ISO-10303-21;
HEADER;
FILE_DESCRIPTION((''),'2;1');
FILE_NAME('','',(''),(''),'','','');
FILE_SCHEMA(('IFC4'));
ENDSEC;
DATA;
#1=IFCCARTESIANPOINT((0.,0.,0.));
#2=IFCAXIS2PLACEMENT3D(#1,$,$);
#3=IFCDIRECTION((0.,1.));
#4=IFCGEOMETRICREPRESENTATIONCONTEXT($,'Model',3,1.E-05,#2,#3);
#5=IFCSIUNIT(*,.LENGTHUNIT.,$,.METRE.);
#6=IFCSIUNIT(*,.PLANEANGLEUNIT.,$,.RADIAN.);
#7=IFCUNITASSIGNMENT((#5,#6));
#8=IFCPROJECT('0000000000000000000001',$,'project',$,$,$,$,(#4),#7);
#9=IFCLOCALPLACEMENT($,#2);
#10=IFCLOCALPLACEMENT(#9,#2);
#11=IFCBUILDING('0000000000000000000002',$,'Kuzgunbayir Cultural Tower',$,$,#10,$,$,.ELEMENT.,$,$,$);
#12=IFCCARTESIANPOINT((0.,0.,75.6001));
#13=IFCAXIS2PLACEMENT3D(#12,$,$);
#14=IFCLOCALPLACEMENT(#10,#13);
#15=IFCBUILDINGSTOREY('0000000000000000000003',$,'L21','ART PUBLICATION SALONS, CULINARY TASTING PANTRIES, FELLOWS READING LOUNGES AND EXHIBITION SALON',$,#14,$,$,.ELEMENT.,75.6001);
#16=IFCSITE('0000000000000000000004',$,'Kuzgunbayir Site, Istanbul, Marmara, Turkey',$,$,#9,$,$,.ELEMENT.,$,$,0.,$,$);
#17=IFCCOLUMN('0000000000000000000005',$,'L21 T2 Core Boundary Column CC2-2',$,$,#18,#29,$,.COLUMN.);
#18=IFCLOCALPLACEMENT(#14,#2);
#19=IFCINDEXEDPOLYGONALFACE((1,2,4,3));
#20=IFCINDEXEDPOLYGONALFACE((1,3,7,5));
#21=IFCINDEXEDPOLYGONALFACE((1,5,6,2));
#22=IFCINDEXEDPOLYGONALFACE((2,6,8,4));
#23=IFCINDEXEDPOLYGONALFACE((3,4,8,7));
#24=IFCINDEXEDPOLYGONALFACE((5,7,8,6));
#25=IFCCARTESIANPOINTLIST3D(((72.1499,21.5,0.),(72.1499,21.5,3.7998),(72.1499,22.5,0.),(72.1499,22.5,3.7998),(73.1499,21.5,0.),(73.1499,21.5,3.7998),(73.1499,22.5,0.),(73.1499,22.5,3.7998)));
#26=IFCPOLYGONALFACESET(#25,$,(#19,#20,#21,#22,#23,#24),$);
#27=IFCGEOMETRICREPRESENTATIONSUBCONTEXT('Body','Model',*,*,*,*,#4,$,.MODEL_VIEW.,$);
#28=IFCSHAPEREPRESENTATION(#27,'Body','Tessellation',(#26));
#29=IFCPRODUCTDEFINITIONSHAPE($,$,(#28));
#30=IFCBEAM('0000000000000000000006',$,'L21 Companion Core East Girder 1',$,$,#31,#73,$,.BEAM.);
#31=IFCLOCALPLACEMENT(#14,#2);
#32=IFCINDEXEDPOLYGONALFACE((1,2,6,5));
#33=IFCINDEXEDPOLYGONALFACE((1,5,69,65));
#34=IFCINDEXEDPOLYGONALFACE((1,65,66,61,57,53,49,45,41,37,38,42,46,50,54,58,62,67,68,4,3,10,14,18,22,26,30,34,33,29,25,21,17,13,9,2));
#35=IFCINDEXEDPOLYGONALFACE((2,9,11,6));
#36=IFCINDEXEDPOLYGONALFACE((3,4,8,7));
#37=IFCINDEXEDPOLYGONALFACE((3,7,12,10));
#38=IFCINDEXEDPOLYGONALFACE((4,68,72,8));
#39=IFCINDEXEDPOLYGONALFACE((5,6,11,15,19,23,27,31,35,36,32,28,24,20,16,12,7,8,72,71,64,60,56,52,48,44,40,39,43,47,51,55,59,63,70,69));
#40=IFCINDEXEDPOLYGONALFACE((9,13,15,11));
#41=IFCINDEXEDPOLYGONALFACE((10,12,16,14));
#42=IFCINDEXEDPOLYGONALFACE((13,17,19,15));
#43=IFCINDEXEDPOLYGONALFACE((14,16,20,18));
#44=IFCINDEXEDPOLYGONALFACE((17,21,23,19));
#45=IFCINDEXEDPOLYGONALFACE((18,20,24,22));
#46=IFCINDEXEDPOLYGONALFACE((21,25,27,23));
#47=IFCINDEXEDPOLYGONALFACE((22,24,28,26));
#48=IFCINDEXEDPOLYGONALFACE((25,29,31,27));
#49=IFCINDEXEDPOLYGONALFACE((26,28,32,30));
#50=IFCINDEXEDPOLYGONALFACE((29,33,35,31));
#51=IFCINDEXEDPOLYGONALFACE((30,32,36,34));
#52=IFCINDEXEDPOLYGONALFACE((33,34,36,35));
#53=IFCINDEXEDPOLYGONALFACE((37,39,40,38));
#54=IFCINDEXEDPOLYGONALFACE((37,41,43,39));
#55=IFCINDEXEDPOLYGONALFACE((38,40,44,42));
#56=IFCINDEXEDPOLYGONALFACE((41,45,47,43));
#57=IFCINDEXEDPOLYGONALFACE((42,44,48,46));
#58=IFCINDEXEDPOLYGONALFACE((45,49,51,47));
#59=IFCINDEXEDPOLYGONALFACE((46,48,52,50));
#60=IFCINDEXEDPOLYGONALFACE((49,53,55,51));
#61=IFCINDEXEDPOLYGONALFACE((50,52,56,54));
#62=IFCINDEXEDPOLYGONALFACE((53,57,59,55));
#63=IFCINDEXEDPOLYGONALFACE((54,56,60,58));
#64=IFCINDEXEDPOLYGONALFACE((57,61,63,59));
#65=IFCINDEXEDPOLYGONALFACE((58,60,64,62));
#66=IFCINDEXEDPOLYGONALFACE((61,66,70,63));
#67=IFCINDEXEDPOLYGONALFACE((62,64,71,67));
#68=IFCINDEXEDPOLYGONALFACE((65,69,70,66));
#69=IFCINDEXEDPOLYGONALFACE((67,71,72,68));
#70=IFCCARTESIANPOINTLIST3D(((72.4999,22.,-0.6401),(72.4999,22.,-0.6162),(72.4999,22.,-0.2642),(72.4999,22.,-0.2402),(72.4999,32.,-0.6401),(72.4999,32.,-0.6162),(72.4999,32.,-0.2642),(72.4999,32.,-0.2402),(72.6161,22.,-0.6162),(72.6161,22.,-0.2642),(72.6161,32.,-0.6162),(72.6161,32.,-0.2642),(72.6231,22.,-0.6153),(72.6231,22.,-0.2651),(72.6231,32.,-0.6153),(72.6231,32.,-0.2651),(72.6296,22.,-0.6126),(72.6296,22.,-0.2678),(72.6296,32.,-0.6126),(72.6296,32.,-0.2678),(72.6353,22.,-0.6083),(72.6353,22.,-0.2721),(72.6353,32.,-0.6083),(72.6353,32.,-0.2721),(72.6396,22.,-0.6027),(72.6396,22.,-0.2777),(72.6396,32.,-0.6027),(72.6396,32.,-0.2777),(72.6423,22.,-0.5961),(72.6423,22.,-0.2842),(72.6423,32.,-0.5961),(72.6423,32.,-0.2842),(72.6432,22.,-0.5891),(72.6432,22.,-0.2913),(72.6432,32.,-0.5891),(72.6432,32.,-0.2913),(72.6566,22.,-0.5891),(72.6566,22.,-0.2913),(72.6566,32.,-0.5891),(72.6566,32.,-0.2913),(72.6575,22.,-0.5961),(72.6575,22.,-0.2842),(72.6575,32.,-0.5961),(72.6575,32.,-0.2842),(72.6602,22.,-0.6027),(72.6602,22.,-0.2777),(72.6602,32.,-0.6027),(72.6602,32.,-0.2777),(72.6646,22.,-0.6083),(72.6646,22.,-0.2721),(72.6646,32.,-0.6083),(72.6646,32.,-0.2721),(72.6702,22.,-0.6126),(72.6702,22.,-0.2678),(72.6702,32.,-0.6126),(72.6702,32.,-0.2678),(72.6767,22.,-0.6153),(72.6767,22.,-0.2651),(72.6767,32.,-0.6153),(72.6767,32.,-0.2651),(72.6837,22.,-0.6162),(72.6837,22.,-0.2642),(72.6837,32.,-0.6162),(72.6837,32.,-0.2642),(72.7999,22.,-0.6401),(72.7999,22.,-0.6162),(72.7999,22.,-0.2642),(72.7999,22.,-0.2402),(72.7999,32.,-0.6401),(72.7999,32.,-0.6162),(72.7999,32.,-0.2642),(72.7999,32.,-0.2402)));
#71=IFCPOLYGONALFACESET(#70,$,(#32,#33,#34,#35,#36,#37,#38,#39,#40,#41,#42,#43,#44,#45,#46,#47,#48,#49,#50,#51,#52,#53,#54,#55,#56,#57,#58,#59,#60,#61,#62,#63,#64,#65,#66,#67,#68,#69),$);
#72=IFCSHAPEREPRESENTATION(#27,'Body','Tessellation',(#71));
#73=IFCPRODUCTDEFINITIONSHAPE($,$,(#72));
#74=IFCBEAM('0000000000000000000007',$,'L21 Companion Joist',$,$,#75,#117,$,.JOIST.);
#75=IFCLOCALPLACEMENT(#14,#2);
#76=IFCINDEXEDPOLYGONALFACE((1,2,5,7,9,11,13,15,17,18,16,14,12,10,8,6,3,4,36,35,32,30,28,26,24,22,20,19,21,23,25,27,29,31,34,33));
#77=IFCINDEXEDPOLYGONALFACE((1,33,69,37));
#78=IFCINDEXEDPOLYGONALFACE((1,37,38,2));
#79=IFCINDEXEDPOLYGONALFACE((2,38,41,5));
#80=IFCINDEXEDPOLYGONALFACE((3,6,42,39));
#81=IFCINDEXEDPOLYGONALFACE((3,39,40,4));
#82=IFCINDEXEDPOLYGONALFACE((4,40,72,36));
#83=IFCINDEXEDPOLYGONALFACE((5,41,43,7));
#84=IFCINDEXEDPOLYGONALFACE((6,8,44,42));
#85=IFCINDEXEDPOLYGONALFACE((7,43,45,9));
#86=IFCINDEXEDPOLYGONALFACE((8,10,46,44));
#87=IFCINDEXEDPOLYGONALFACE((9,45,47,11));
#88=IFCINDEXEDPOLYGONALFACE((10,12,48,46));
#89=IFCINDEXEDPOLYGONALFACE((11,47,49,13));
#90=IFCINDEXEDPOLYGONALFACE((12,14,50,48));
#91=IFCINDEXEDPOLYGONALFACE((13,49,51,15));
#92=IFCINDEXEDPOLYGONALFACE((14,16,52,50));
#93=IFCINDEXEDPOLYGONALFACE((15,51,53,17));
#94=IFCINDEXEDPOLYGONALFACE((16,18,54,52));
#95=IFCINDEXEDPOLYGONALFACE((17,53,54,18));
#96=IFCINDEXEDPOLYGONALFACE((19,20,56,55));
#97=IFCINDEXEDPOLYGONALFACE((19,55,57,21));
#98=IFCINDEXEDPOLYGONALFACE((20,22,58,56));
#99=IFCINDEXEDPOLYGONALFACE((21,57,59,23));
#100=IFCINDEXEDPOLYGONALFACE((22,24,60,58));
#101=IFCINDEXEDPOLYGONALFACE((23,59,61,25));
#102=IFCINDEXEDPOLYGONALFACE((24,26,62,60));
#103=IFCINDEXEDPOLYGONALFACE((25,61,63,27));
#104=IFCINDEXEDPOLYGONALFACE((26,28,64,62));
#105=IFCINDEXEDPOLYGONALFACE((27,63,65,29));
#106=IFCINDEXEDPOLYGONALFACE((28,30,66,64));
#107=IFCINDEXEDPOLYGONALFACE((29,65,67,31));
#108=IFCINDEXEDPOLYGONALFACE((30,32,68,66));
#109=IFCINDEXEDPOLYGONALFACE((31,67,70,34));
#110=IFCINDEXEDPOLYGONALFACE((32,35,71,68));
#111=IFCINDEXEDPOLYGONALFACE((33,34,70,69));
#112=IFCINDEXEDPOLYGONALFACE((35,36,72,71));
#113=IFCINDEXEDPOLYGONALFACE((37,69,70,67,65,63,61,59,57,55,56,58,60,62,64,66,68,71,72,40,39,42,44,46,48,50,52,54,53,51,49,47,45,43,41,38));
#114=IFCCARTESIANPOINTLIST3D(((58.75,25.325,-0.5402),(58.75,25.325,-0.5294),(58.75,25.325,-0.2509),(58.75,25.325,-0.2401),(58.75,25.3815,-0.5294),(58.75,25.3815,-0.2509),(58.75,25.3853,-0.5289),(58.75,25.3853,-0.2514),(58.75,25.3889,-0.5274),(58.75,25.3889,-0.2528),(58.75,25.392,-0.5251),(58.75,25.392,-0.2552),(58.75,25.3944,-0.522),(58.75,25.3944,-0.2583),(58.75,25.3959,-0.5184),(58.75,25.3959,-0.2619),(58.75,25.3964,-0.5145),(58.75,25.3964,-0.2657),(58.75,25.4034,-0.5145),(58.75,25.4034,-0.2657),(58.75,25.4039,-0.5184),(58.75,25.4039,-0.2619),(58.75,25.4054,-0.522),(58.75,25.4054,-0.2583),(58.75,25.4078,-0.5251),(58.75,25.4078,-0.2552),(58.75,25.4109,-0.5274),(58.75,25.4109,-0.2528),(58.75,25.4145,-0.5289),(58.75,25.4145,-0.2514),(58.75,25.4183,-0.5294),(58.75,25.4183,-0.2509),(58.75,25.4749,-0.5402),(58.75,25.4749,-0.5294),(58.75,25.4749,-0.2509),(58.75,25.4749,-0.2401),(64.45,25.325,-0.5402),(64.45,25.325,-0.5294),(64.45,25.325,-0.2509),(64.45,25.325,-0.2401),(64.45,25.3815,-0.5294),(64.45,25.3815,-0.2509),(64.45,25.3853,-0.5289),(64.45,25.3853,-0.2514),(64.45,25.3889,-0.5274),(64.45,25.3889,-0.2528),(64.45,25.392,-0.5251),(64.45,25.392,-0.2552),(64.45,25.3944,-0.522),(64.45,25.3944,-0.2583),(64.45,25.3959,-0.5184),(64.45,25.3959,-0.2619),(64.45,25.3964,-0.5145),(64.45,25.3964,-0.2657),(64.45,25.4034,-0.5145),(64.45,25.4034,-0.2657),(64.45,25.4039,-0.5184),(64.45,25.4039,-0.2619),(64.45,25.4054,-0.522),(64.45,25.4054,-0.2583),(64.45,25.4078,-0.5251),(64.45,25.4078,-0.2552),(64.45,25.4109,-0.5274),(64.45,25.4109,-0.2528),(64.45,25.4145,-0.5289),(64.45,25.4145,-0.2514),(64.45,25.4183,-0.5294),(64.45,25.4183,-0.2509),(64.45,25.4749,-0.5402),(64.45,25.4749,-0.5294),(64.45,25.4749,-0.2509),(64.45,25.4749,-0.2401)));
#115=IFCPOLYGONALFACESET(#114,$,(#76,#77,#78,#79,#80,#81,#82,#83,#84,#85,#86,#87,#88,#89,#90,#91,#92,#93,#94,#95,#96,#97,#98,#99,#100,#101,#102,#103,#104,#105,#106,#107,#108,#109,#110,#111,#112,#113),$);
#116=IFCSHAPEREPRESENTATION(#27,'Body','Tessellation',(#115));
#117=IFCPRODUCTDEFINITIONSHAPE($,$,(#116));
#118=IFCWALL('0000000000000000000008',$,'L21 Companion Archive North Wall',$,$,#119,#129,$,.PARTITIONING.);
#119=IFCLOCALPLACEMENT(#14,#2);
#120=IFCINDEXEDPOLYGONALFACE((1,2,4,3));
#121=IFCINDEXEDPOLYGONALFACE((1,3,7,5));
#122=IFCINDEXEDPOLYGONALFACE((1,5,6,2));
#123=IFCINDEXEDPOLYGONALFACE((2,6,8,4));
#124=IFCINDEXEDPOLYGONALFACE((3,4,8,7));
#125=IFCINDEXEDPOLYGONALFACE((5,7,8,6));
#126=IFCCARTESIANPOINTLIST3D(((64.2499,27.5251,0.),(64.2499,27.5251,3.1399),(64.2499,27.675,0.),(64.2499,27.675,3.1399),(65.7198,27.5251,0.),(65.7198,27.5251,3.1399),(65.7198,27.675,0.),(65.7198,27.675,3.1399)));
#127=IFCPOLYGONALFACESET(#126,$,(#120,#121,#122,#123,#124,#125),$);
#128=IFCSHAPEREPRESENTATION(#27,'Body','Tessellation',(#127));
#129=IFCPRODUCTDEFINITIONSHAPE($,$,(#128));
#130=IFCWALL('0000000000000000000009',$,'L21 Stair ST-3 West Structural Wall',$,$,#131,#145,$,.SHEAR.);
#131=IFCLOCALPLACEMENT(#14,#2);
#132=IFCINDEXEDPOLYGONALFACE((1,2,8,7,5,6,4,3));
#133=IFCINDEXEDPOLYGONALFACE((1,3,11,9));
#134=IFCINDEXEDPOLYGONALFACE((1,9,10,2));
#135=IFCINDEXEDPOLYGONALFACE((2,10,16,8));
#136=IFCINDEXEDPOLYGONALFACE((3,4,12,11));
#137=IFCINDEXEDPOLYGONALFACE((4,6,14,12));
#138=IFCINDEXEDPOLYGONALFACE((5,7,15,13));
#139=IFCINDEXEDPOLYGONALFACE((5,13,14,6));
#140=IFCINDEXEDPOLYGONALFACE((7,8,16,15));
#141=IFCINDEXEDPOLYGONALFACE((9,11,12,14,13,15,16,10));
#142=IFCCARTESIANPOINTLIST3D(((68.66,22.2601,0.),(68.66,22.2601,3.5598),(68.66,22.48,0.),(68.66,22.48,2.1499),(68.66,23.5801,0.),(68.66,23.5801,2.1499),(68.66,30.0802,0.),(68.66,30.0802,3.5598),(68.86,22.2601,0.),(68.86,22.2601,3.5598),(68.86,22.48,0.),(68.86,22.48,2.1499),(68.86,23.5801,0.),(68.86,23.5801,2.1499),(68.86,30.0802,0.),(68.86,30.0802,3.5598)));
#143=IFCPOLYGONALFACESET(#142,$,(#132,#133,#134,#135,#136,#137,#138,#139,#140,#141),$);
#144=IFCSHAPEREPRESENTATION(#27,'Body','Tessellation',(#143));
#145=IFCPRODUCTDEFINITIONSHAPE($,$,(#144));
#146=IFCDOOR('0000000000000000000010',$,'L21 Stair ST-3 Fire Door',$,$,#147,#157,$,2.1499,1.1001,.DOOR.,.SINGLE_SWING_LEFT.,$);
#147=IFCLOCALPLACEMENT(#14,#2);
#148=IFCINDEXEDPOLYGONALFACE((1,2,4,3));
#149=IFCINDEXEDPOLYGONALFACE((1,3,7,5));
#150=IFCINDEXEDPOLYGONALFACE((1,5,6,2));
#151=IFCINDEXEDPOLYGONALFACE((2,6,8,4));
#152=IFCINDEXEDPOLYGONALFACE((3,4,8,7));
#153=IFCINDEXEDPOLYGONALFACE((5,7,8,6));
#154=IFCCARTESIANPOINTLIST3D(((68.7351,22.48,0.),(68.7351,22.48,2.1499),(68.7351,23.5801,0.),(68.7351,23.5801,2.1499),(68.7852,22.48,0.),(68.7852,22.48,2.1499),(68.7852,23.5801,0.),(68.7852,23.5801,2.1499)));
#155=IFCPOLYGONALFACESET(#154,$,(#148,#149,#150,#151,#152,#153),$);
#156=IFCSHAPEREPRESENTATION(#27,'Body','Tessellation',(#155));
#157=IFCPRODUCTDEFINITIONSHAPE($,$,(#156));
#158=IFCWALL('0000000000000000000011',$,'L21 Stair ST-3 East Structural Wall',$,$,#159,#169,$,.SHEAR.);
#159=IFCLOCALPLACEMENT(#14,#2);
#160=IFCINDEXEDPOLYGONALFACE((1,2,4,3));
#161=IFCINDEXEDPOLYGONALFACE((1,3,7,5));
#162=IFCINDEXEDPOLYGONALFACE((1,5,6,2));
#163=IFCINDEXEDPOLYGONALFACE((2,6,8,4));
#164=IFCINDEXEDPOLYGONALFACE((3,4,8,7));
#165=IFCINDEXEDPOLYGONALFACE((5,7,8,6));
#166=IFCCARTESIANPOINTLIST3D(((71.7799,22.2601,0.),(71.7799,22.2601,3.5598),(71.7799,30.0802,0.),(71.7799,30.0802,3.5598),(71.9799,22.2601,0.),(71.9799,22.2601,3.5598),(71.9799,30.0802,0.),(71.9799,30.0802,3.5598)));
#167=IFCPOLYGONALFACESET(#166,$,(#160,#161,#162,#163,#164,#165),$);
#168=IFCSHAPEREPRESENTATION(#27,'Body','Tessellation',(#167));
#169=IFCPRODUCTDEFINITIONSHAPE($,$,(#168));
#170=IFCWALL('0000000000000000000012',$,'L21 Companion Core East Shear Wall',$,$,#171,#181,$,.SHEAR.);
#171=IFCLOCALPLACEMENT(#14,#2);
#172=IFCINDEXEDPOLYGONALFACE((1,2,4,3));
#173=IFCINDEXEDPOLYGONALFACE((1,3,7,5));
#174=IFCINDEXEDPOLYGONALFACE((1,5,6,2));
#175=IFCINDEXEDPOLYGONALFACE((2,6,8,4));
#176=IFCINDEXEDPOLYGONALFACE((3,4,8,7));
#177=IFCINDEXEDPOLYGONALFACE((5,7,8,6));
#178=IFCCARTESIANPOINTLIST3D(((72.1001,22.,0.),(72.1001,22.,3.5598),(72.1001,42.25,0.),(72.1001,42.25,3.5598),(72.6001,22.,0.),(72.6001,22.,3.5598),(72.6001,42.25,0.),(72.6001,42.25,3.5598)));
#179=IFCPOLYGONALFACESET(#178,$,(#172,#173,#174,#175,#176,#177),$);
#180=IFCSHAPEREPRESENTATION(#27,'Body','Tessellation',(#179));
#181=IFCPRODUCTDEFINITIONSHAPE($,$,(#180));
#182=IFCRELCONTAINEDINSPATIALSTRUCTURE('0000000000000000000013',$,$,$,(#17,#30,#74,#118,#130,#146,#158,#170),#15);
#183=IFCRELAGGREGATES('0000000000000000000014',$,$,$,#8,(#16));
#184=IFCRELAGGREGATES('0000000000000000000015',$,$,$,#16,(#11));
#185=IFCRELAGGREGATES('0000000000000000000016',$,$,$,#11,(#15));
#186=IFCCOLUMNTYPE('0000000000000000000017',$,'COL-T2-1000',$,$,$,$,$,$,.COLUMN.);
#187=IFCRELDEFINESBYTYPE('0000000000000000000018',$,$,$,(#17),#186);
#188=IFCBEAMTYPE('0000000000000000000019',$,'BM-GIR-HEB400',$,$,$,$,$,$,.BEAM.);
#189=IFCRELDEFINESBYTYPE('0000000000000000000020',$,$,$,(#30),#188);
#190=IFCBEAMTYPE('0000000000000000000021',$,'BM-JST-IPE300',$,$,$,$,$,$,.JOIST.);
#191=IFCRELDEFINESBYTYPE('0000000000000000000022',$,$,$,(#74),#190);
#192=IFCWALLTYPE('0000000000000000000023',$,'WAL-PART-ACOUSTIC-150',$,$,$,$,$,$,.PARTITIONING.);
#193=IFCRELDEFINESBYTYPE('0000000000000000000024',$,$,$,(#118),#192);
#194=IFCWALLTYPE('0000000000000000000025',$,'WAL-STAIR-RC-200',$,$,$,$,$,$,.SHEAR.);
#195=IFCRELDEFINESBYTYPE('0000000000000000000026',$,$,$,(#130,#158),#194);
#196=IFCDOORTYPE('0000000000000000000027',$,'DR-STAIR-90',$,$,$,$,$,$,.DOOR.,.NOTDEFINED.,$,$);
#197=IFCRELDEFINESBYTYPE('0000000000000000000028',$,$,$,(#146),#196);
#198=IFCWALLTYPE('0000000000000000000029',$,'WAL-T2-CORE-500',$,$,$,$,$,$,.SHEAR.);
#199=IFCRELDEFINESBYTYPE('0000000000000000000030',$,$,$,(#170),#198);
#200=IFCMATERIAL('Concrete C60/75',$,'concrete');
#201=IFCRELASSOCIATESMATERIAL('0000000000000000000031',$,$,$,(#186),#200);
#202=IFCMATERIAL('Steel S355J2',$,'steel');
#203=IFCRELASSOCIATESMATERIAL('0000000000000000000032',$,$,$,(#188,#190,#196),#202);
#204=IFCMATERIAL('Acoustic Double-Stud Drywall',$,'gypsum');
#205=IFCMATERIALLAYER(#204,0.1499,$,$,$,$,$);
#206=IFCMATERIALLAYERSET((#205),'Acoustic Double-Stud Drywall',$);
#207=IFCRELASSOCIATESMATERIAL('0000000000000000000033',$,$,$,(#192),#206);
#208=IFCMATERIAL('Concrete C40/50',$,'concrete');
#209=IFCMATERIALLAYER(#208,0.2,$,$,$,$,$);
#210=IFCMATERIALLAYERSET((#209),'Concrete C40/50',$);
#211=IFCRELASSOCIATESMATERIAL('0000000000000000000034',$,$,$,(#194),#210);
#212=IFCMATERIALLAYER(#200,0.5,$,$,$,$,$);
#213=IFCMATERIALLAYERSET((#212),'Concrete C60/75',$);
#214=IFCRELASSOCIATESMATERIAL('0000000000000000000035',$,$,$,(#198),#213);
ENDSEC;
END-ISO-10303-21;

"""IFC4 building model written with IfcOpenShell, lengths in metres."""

from ifc_helpers import new_model, si_unit, direction, frame, frame_2d, origin, origin_2d, place, context, subcontext, project, spatial, rectangle, i_section, extrude, material, layer, layer_set, material_profile, profile_set, type_object, element, fill, save


model = new_model("IFC4")

# Units and contexts
model_context = context("Model", 3, precision=1e-05, world=origin(), true_north=direction((0.0, 1.0)))
body_context = subcontext(model_context, "Body", "Model", "MODEL_VIEW")
ifc_project = project(units=[si_unit("LENGTHUNIT", "METRE"), si_unit("PLANEANGLEUNIT", "RADIAN")], contexts=[model_context])

# Site, building, storey
site_placement = place(None, origin())
site = spatial("IfcSite", under=ifc_project, at=site_placement, Name="Kuzgunbayir Site, Istanbul, Marmara, Turkey", CompositionType="ELEMENT", RefElevation=0.0)
building_placement = place(site_placement, origin())
building = spatial("IfcBuilding", under=site, at=building_placement, Name="Kuzgunbayir Cultural Tower", CompositionType="ELEMENT")
storey_placement = place(building_placement, frame((0.0, 0.0, 75.6001)))
storey = spatial("IfcBuildingStorey", under=building, at=storey_placement, Name="L21", Description="ART PUBLICATION SALONS, CULINARY TASTING PANTRIES, FELLOWS READING LOUNGES AND EXHIBITION SALON", CompositionType="ELEMENT", Elevation=75.6001)

# Column
ifc_material_1 = material(Name="Concrete C60/75", Category="concrete")
ifc_material_profile_1 = material_profile(ifc_material_1, rectangle(XDim=1.0, YDim=1.0, at=origin_2d()), Name="RC 1000x1000")
ifc_profile_set_1 = profile_set([ifc_material_profile_1], Name="Concrete C60/75")
column_type = type_object("IfcColumnType", Name="COL-T2-1000", PredefinedType="COLUMN", material=ifc_profile_set_1)
column_placement = place(storey_placement, frame((72.6499, 22.0, 0.0), z_axis=(0.0, 0.0, 1.0), x_axis=(1.0, 0.0, 0.0)))
element("IfcColumn", 1, at=column_placement, inside=storey, type_object=column_type, Name="L21 T2 Core Boundary Column CC2-2", PredefinedType="COLUMN", context=body_context, shape_type="SweptSolid", body=[
    extrude(rectangle(XDim=1.0, YDim=1.0, at=origin_2d()), origin(), (0.0, 0.0, 1.0), 3.7998),
])

# Beams
ifc_material_2 = material(Name="Steel S355J2", Category="steel")
ifc_material_profile_2 = material_profile(ifc_material_2, i_section(OverallWidth=0.3, OverallDepth=0.3999, WebThickness=0.0134, FlangeThickness=0.0239, FilletRadius=0.0271, at=origin_2d()), Name="HEB 400")
ifc_profile_set_2 = profile_set([ifc_material_profile_2], Name="Steel S355J2")
beam_type_1 = type_object("IfcBeamType", Name="BM-GIR-HEB400", PredefinedType="BEAM", material=ifc_profile_set_2)
beam_1_placement = place(storey_placement, frame((72.6499, 22.0, -0.4402), z_axis=(0.0, 1.0, 0.0), x_axis=(-1.0, 0.0, 0.0)))
element("IfcBeam", 2, at=beam_1_placement, inside=storey, type_object=beam_type_1, Name="L21 Companion Core East Girder 1", PredefinedType="BEAM", context=body_context, shape_type="SweptSolid", body=[
    extrude(i_section(OverallWidth=0.3, OverallDepth=0.3999, WebThickness=0.0134, FlangeThickness=0.0239, FilletRadius=0.0271, at=origin_2d()), origin(), (0.0, 0.0, 1.0), 10.0),
])
ifc_material_profile_3 = material_profile(ifc_material_2, i_section(OverallWidth=0.1499, OverallDepth=0.3, WebThickness=0.0071, FlangeThickness=0.0107, FilletRadius=0.0149, at=origin_2d()), Name="IPE 300")
ifc_profile_set_3 = profile_set([ifc_material_profile_3], Name="Steel S355J2")
beam_type_2 = type_object("IfcBeamType", Name="BM-JST-IPE300", PredefinedType="JOIST", material=ifc_profile_set_3)
beam_2_placement = place(storey_placement, frame((58.75, 25.3999, -0.3901), z_axis=(1.0, 0.0, 0.0), x_axis=(0.0, 1.0, 0.0)))
element("IfcBeam", 3, at=beam_2_placement, inside=storey, type_object=beam_type_2, Name="L21 Companion Joist", PredefinedType="JOIST", context=body_context, shape_type="SweptSolid", body=[
    extrude(i_section(OverallWidth=0.1499, OverallDepth=0.3, WebThickness=0.0071, FlangeThickness=0.0107, FilletRadius=0.0149, at=origin_2d()), origin(), (0.0, 0.0, 1.0), 5.7),
])

# Wall
ifc_material_3 = material(Name="Acoustic Double-Stud Drywall", Category="gypsum")
ifc_layer_1 = layer(ifc_material_3, 0.1499)
ifc_layer_set_1 = layer_set([ifc_layer_1], Name="Acoustic Double-Stud Drywall")
wall_type_1 = type_object("IfcWallType", Name="WAL-PART-ACOUSTIC-150", PredefinedType="PARTITIONING", material=ifc_layer_set_1)
wall_1_placement = place(storey_placement, frame((64.25, 27.6001, 0.0), z_axis=(0.0, 0.0, 1.0), x_axis=(1.0, 0.0, 0.0)))
element("IfcWall", 4, at=wall_1_placement, inside=storey, type_object=wall_type_1, Name="L21 Companion Archive North Wall", PredefinedType="PARTITIONING", context=body_context, shape_type="SweptSolid", body=[
    extrude(rectangle(XDim=1.47, YDim=0.1499, at=frame_2d((0.7349, 0.0))), origin(), (0.0, 0.0, 1.0), 3.1399),
])

# Wall, opening, door
ifc_material_4 = material(Name="Concrete C40/50", Category="concrete")
ifc_layer_2 = layer(ifc_material_4, 0.2)
ifc_layer_set_2 = layer_set([ifc_layer_2], Name="Concrete C40/50")
wall_type_2 = type_object("IfcWallType", Name="WAL-STAIR-RC-200", PredefinedType="SHEAR", material=ifc_layer_set_2)
wall_2_placement = place(storey_placement, frame((68.76, 22.26, 0.0), z_axis=(0.0, 0.0, 1.0), x_axis=(0.0, 1.0, 0.0)))
wall_2 = element("IfcWall", 5, at=wall_2_placement, inside=storey, type_object=wall_type_2, Name="L21 Stair ST-3 West Structural Wall", PredefinedType="SHEAR", context=body_context, shape_type="SweptSolid", body=[
    extrude(rectangle(XDim=7.8201, YDim=0.2, at=frame_2d((3.9102, 0.0))), origin(), (0.0, 0.0, 1.0), 3.5598),
])
opening_1_placement = place(wall_2_placement, frame((0.22, 0.0, 0.0)))
opening_1 = element("IfcOpeningElement", 6, at=opening_1_placement, cuts=wall_2, PredefinedType="OPENING", context=body_context, shape_type="SweptSolid", body=[
    extrude(rectangle(XDim=1.1001, YDim=2.1499, at=frame_2d((0.55, 1.075))), frame((0.0, 0.1099, 0.0), z_axis=(0.0, -1.0, 0.0), x_axis=(1.0, 0.0, 0.0)), (0.0, 0.0, 1.0), 0.22),
])
door_type_1 = type_object("IfcDoorType", Name="DR-STAIR-90", OperationType="NOTDEFINED", PredefinedType="DOOR", material=ifc_material_2)
door_1_placement = place(opening_1_placement, origin())
door_1 = element("IfcDoor", 7, at=door_1_placement, inside=storey, type_object=door_type_1, Name="L21 Stair ST-3 Fire Door", OperationType="SINGLE_SWING_LEFT", OverallHeight=2.1499, OverallWidth=1.1001, PredefinedType="DOOR", context=body_context, shape_type="SweptSolid", body=[
    extrude(rectangle(XDim=1.1001, YDim=2.1499, at=frame_2d((0.55, 1.075))), frame((0.0, 0.0249, 0.0), z_axis=(0.0, -1.0, 0.0), x_axis=(1.0, 0.0, 0.0)), (0.0, 0.0, 1.0), 0.05),
])
fill(opening_1, door_1)

# Walls
wall_3_placement = place(storey_placement, frame((71.8799, 22.26, 0.0), z_axis=(0.0, 0.0, 1.0), x_axis=(0.0, 1.0, 0.0)))
element("IfcWall", 8, at=wall_3_placement, inside=storey, type_object=wall_type_2, Name="L21 Stair ST-3 East Structural Wall", PredefinedType="SHEAR", context=body_context, shape_type="SweptSolid", body=[
    extrude(rectangle(XDim=7.8201, YDim=0.2, at=frame_2d((3.9102, 0.0))), origin(), (0.0, 0.0, 1.0), 3.5598),
])
ifc_layer_3 = layer(ifc_material_1, 0.5)
ifc_layer_set_3 = layer_set([ifc_layer_3], Name="Concrete C60/75")
wall_type_3 = type_object("IfcWallType", Name="WAL-T2-CORE-500", PredefinedType="SHEAR", material=ifc_layer_set_3)
wall_4_placement = place(storey_placement, frame((72.3501, 22.0, 0.0), z_axis=(0.0, 0.0, 1.0), x_axis=(0.0, 1.0, 0.0)))
element("IfcWall", 9, at=wall_4_placement, inside=storey, type_object=wall_type_3, Name="L21 Companion Core East Shear Wall", PredefinedType="SHEAR", context=body_context, shape_type="SweptSolid", body=[
    extrude(rectangle(XDim=20.25, YDim=0.5, at=frame_2d((10.125, 0.0))), origin(), (0.0, 0.0, 1.0), 3.5598),
])

save(model, "model.ifc")
